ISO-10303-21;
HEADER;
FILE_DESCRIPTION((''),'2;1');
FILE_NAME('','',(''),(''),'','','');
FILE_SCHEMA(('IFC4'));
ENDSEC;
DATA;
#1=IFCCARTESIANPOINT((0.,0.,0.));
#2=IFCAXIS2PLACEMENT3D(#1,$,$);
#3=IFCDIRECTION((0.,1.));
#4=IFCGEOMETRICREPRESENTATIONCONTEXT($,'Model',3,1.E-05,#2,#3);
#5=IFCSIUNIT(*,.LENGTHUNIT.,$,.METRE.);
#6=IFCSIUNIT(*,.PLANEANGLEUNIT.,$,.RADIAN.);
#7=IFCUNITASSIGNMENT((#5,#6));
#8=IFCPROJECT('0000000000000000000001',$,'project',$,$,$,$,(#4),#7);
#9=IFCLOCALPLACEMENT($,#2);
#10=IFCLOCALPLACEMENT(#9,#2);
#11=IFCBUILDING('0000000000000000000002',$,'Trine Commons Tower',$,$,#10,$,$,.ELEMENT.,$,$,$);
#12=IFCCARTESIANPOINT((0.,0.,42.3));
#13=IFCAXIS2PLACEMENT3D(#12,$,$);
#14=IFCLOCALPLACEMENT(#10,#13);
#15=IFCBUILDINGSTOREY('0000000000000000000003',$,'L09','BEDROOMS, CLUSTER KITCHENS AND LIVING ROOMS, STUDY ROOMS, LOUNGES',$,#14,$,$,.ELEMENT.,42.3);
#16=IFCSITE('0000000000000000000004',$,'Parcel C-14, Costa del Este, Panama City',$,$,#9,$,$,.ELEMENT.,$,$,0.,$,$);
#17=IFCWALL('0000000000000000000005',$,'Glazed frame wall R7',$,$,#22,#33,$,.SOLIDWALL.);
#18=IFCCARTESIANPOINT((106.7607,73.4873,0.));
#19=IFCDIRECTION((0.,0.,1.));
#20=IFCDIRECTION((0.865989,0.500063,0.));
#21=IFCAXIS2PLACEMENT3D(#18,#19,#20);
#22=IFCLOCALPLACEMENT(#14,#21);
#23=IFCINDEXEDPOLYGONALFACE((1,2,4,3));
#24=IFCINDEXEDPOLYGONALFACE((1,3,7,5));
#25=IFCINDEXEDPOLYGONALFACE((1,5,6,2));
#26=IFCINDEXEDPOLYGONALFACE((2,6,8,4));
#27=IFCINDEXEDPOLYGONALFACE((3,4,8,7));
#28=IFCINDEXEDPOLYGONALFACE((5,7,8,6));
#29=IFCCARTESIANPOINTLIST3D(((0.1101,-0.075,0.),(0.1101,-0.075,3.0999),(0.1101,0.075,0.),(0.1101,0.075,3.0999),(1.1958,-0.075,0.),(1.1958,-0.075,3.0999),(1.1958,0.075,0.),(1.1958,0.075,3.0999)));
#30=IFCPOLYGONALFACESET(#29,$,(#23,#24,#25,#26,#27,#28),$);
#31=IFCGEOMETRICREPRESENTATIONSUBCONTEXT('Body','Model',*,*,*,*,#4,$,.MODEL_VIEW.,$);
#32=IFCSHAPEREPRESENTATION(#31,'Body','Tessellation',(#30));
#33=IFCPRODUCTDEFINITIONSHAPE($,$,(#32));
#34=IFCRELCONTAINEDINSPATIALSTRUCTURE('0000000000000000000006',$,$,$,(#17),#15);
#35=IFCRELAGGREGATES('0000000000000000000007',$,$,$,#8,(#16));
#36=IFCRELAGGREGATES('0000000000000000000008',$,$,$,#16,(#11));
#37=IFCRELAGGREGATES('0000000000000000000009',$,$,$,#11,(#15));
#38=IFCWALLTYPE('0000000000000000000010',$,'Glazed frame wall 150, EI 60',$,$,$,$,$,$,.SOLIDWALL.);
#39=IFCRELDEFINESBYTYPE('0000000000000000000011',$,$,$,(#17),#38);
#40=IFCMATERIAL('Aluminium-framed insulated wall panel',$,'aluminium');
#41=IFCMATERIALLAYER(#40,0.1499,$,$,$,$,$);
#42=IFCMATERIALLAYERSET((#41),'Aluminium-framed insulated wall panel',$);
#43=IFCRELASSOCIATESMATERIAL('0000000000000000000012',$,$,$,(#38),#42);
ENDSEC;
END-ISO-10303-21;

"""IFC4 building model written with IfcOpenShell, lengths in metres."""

from ifc_helpers import new_model, si_unit, direction, frame, origin, place, context, subcontext, project, spatial, polyline, outline, extrude, material, layer, layer_set, type_object, element, save


model = new_model("IFC4")

# Units and contexts
model_context = context("Model", 3, precision=1e-05, world=origin(), true_north=direction((0.0, 1.0)))
body_context = subcontext(model_context, "Body", "Model", "MODEL_VIEW")
ifc_project = project(units=[si_unit("LENGTHUNIT", "METRE"), si_unit("PLANEANGLEUNIT", "RADIAN")], contexts=[model_context])

# Site, building, storey
site_placement = place(None, origin())
site = spatial("IfcSite", under=ifc_project, at=site_placement, Name="Parcel C-14, Costa del Este, Panama City", CompositionType="ELEMENT", RefElevation=0.0)
building_placement = place(site_placement, origin())
building = spatial("IfcBuilding", under=site, at=building_placement, Name="Trine Commons Tower", CompositionType="ELEMENT")
storey_placement = place(building_placement, frame((0.0, 0.0, 42.3)))
storey = spatial("IfcBuildingStorey", under=building, at=storey_placement, Name="L09", Description="BEDROOMS, CLUSTER KITCHENS AND LIVING ROOMS, STUDY ROOMS, LOUNGES", CompositionType="ELEMENT", Elevation=42.3)

# Shared definitions
ifc_material_1 = material(Name="Aluminium-framed insulated wall panel", Category="aluminium")
ifc_layer_1 = layer(ifc_material_1, 0.1499)
ifc_layer_set_1 = layer_set([ifc_layer_1], Name="Aluminium-framed insulated wall panel")
wall_type_1 = type_object("IfcWallType", Name="Glazed frame wall 150, EI 60", PredefinedType="SOLIDWALL", material=ifc_layer_set_1)

# Wall
wall_1_placement = place(storey_placement, frame((106.7607, 73.4873, 0.0), z_axis=(0.0, 0.0, 1.0), x_axis=(0.865989, 0.500063, 0.0)))
element("IfcWall", 1, at=wall_1_placement, inside=storey, type_object=wall_type_1, Name="Glazed frame wall R7", PredefinedType="SOLIDWALL", context=body_context, shape_type="SweptSolid", body=[
    extrude(outline(polyline([(0.1101, 0.075), (0.1101, -0.075), (1.1958, -0.075), (1.1958, 0.075), (0.1101, 0.075)])), origin(), (0.0, 0.0, 1.0), 3.0999),
])

save(model, "model.ifc")
